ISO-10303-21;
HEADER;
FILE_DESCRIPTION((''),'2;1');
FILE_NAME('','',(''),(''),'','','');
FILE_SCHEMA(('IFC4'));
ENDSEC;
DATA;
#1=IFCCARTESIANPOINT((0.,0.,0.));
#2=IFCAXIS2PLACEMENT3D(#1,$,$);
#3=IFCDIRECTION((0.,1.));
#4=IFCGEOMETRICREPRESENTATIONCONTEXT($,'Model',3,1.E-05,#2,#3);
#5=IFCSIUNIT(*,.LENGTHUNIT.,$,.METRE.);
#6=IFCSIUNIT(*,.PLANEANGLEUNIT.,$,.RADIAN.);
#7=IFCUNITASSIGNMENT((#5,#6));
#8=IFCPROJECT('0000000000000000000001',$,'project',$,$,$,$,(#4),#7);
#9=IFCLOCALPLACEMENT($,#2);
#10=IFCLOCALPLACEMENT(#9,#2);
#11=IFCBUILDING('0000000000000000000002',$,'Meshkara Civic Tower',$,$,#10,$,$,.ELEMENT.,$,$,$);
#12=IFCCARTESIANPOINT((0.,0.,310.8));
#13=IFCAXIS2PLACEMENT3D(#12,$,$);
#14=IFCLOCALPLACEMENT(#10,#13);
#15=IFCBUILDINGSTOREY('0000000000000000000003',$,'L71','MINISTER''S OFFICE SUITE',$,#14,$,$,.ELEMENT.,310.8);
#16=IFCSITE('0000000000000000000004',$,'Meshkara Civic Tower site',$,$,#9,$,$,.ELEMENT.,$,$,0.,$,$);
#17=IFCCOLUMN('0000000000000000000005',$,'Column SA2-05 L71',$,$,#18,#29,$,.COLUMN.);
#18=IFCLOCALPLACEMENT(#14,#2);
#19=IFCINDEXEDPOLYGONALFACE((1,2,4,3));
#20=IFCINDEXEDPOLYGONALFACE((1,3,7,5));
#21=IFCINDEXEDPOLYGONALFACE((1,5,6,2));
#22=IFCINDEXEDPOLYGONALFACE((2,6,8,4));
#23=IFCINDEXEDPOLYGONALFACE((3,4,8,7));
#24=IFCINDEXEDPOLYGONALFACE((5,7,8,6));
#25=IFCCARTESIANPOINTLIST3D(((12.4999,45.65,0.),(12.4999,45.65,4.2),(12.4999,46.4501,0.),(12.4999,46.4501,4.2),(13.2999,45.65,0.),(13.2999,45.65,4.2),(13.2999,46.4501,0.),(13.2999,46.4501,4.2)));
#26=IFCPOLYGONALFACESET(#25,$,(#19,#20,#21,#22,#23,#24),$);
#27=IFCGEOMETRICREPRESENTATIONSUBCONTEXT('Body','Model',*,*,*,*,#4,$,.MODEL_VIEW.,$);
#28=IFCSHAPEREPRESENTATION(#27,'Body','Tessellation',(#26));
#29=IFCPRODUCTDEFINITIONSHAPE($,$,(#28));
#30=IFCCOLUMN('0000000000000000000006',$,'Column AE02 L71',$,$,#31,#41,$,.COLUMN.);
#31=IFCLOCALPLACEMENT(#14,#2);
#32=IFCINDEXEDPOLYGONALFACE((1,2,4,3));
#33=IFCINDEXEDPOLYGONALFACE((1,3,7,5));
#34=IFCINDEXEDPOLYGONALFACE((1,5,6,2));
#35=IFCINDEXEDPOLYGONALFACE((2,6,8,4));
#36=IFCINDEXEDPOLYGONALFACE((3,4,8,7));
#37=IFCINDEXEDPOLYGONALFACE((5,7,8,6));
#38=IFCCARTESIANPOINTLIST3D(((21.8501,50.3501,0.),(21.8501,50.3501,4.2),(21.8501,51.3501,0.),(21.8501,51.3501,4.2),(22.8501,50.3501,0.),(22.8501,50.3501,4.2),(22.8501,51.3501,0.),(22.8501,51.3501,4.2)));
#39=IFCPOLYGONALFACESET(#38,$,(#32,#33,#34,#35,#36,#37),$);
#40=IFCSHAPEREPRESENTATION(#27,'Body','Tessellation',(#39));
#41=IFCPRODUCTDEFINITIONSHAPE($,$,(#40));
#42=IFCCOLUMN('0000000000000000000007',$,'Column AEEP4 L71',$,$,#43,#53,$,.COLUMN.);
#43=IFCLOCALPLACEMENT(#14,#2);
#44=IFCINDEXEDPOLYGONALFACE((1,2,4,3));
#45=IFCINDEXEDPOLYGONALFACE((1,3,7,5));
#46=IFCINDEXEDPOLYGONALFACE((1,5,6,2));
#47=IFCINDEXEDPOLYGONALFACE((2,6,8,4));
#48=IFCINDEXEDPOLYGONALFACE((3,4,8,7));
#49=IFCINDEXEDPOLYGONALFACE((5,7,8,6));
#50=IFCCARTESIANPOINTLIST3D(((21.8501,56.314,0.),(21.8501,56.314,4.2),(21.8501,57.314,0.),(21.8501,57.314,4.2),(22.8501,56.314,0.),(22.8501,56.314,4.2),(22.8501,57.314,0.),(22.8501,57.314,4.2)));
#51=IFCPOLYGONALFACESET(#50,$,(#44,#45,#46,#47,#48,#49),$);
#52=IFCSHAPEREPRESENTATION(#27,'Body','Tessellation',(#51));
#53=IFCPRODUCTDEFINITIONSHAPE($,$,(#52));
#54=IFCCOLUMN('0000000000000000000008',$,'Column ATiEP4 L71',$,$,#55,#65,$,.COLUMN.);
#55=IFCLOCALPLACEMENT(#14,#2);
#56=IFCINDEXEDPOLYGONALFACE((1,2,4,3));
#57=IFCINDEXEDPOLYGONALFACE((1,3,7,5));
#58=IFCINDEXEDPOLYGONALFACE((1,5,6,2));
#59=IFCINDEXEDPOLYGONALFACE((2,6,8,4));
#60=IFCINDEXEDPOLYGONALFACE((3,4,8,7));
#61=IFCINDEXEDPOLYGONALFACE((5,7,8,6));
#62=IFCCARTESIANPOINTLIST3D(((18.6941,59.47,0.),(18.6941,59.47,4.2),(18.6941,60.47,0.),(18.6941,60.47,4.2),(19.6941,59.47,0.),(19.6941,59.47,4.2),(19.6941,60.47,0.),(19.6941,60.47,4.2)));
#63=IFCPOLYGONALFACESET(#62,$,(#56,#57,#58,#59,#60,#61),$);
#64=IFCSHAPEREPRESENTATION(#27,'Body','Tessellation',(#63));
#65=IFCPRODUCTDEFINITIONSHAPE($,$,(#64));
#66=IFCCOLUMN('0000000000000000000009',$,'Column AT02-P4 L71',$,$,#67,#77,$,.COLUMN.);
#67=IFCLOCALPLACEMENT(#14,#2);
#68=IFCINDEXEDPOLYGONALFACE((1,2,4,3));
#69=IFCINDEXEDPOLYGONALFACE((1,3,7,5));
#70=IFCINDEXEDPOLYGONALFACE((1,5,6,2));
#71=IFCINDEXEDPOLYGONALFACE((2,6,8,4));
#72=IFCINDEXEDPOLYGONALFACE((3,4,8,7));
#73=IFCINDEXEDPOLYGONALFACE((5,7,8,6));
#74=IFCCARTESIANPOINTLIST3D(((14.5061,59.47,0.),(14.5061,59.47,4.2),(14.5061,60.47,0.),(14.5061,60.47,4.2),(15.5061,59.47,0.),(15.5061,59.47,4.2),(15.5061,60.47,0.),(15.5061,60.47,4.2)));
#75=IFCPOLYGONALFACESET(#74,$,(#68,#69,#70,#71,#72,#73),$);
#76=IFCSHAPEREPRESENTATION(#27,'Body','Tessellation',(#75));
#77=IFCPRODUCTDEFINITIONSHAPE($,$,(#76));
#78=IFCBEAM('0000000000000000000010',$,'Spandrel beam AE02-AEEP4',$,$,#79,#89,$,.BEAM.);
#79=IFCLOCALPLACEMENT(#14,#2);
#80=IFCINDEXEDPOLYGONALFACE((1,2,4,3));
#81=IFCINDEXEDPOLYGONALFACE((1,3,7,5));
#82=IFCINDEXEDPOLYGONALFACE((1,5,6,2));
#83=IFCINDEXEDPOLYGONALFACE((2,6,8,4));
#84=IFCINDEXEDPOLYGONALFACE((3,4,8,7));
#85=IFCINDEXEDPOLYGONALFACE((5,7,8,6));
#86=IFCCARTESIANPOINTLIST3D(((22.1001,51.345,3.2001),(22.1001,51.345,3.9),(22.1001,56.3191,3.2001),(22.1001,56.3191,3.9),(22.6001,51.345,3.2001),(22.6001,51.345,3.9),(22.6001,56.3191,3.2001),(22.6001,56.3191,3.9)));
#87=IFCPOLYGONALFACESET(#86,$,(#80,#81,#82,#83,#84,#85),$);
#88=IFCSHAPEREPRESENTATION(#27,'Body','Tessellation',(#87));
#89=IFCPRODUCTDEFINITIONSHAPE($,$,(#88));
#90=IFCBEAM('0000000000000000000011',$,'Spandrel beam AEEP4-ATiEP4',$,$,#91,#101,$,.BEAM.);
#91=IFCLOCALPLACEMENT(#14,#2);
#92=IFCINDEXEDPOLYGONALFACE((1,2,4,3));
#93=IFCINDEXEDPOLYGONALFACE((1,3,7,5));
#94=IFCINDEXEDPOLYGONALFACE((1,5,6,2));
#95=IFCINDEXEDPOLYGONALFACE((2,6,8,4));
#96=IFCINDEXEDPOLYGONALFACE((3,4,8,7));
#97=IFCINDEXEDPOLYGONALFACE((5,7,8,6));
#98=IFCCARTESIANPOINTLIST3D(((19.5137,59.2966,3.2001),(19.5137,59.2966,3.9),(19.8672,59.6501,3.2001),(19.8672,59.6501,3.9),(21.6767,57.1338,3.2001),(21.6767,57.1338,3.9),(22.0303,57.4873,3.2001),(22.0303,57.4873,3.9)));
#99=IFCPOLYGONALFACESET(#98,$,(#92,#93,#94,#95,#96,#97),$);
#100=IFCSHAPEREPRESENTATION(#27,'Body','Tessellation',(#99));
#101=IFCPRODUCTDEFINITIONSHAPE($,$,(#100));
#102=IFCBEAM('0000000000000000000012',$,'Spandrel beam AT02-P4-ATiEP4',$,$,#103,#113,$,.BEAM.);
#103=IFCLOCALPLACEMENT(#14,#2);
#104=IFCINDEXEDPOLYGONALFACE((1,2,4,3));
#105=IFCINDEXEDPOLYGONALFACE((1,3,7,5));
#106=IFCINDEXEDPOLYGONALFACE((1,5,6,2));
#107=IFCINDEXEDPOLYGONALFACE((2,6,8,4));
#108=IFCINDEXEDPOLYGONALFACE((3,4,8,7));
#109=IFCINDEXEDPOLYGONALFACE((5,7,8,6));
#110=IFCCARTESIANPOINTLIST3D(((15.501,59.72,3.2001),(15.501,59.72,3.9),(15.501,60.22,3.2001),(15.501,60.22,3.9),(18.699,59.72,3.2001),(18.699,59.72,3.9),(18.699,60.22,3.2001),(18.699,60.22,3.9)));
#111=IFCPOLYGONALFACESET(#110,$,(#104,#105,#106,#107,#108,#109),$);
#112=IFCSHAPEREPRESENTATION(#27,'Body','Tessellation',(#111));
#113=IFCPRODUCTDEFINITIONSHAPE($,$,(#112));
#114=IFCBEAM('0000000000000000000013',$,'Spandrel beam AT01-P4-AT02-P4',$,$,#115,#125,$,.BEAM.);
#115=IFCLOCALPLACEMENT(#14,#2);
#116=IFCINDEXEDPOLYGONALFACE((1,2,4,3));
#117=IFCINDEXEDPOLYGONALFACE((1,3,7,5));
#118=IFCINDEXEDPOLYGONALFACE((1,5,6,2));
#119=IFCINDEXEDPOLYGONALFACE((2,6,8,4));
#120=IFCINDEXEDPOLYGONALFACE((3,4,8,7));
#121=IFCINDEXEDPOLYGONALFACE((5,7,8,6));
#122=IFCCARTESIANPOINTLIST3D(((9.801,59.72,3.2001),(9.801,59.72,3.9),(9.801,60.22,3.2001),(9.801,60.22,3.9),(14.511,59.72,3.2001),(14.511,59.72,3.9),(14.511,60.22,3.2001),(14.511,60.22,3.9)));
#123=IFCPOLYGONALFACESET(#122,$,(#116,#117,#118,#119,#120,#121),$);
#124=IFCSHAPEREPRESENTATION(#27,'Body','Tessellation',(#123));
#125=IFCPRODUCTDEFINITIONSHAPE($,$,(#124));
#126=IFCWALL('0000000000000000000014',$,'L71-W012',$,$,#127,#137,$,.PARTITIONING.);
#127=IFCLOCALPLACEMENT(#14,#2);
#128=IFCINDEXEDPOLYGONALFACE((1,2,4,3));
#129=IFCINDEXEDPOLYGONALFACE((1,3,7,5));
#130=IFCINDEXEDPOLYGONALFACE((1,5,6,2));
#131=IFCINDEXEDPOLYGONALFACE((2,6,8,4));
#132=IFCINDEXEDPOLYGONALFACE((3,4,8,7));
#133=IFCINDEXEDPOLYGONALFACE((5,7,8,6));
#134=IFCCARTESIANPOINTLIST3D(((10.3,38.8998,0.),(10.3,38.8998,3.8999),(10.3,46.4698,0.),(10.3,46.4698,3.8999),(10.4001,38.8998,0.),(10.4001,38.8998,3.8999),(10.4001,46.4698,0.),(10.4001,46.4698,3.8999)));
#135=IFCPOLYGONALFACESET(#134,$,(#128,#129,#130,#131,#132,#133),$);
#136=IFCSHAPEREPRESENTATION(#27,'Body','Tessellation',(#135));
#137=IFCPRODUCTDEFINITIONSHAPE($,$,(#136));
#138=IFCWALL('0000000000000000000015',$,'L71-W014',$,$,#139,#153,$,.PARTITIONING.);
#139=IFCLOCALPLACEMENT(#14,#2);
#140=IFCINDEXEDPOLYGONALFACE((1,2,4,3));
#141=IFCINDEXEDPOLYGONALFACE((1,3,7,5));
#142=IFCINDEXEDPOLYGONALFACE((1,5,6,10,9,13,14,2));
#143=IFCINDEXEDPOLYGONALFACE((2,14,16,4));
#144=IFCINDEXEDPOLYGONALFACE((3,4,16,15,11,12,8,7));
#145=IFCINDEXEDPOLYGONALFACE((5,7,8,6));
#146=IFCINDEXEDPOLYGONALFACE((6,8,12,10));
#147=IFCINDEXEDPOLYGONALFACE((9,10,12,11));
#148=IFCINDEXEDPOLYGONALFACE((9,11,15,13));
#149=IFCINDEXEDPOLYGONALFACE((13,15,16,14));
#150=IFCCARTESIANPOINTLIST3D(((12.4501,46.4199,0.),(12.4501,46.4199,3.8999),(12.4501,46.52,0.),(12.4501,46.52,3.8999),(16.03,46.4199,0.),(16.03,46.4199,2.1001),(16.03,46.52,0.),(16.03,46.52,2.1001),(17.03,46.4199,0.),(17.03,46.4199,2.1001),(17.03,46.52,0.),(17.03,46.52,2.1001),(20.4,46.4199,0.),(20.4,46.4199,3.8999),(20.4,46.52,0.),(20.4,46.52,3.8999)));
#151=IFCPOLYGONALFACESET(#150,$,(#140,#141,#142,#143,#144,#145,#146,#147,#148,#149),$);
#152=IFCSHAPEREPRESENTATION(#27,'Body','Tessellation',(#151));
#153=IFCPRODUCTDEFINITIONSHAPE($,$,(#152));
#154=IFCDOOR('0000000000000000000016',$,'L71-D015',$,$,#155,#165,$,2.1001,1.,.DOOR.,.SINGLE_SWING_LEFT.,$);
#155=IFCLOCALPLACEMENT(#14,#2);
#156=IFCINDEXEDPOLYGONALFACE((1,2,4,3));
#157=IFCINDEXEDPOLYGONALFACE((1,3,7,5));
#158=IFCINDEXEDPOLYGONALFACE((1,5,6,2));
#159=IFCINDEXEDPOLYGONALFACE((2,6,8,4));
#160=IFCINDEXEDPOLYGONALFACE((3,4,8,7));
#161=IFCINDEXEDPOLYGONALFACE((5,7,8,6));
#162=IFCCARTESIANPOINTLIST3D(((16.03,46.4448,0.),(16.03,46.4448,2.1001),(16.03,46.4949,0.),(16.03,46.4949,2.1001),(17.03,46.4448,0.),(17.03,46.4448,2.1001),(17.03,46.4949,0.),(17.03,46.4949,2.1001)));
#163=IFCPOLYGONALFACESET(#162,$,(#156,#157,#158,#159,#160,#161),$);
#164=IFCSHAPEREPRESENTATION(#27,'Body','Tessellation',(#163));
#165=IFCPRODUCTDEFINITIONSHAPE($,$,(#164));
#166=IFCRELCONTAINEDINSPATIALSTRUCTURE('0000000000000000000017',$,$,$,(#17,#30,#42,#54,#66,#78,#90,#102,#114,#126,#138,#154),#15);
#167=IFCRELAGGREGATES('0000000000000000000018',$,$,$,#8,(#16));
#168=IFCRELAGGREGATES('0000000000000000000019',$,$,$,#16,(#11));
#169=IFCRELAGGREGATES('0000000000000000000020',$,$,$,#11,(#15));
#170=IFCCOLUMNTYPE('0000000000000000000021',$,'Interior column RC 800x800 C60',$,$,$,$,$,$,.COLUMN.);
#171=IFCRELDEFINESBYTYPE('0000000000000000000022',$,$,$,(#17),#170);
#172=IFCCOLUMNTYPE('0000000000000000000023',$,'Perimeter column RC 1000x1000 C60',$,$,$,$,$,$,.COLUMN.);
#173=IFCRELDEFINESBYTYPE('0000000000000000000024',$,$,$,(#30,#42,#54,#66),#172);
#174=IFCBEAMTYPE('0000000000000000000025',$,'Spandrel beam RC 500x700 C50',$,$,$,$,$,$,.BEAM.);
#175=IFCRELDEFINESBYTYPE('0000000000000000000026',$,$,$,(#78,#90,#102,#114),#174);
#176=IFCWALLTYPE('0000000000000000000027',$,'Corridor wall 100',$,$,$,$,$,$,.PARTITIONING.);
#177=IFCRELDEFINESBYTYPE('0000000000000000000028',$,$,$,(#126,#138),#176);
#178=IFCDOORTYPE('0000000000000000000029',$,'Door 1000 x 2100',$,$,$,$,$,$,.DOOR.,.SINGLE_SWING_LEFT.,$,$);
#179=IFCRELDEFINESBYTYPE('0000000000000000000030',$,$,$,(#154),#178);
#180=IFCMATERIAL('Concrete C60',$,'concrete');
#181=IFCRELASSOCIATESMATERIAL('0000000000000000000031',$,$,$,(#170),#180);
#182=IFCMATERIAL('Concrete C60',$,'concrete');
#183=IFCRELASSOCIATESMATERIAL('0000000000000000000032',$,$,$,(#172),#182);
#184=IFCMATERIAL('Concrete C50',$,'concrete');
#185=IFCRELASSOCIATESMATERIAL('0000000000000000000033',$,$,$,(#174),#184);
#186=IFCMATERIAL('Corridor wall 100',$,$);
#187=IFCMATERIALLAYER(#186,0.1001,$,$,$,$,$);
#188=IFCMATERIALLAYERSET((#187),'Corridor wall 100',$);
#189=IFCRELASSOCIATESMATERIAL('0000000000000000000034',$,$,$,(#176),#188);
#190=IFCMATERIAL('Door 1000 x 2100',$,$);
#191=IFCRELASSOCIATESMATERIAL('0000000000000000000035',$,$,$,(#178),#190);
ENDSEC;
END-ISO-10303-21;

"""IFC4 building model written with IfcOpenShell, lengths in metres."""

from ifc_helpers import new_model, si_unit, direction, frame, frame_2d, origin, origin_2d, place, context, subcontext, project, spatial, rectangle, extrude, material, layer, layer_set, material_profile, profile_set, type_object, element, fill, save


model = new_model("IFC4")

# Units and contexts
model_context = context("Model", 3, precision=1e-05, world=origin(), true_north=direction((0.0, 1.0)))
body_context = subcontext(model_context, "Body", "Model", "MODEL_VIEW")
ifc_project = project(units=[si_unit("LENGTHUNIT", "METRE"), si_unit("PLANEANGLEUNIT", "RADIAN")], contexts=[model_context])

# Site, building, storey
site_placement = place(None, origin())
site = spatial("IfcSite", under=ifc_project, at=site_placement, Name="Meshkara Civic Tower site", CompositionType="ELEMENT", RefElevation=0.0)
building_placement = place(site_placement, origin())
building = spatial("IfcBuilding", under=site, at=building_placement, Name="Meshkara Civic Tower", CompositionType="ELEMENT")
storey_placement = place(building_placement, frame((0.0, 0.0, 310.8)))
storey = spatial("IfcBuildingStorey", under=building, at=storey_placement, Name="L71", Description="MINISTER'S OFFICE SUITE", CompositionType="ELEMENT", Elevation=310.8)

# Columns
ifc_material_1 = material(Name="Concrete C60", Category="concrete")
ifc_material_profile_1 = material_profile(ifc_material_1, rectangle(XDim=0.8, YDim=0.8, at=origin_2d()))
ifc_profile_set_1 = profile_set([ifc_material_profile_1], Name="Concrete C60")
column_type_1 = type_object("IfcColumnType", Name="Interior column RC 800x800 C60", PredefinedType="COLUMN", material=ifc_profile_set_1)
column_placement = place(storey_placement, frame((12.8999, 46.05, 0.0), z_axis=(0.0, 0.0, 1.0), x_axis=(1.0, 0.0, 0.0)))
element("IfcColumn", 1, at=column_placement, inside=storey, type_object=column_type_1, Name="Column SA2-05 L71", PredefinedType="COLUMN", context=body_context, shape_type="SweptSolid", body=[
    extrude(rectangle(XDim=0.8, YDim=0.8, at=origin_2d()), origin(), (0.0, 0.0, 1.0), 4.2),
])
ifc_material_2 = material(Name="Concrete C60", Category="concrete")
ifc_material_profile_2 = material_profile(ifc_material_2, rectangle(XDim=1.0, YDim=1.0, at=origin_2d()))
ifc_profile_set_2 = profile_set([ifc_material_profile_2], Name="Concrete C60")
column_type_2 = type_object("IfcColumnType", Name="Perimeter column RC 1000x1000 C60", PredefinedType="COLUMN", material=ifc_profile_set_2)
for number, where, z_axis, x_axis, name in (
    (2, (22.3501, 50.8501, 0.0), (0.0, 0.0, 1.0), (1.0, 0.0, 0.0), "Column AE02 L71"),
    (3, (22.3501, 56.814, 0.0), (0.0, 0.0, 1.0), (1.0, 0.0, 0.0), "Column AEEP4 L71"),
    (4, (19.1941, 59.97, 0.0), (0.0, 0.0, 1.0), (1.0, 0.0, 0.0), "Column ATiEP4 L71"),
    (5, (15.0061, 59.97, 0.0), (0.0, 0.0, 1.0), (1.0, 0.0, 0.0), "Column AT02-P4 L71"),
):
    element("IfcColumn", number, at=place(storey_placement, frame(where, z_axis=z_axis, x_axis=x_axis)), inside=storey, type_object=column_type_2, Name=name, PredefinedType="COLUMN", context=body_context, shape_type="SweptSolid", body=[
        extrude(rectangle(XDim=1.0, YDim=1.0, at=origin_2d()), origin(), (0.0, 0.0, 1.0), 4.2),
    ])

# Beams
ifc_material_3 = material(Name="Concrete C50", Category="concrete")
ifc_material_profile_3 = material_profile(ifc_material_3, rectangle(XDim=0.5, YDim=0.7, at=origin_2d()))
ifc_profile_set_3 = profile_set([ifc_material_profile_3], Name="Concrete C50")
beam_type = type_object("IfcBeamType", Name="Spandrel beam RC 500x700 C50", PredefinedType="BEAM", material=ifc_profile_set_3)
beam_1_placement = place(storey_placement, frame((22.3501, 51.345, 3.55), z_axis=(0.0, 1.0, 0.0), x_axis=(-1.0, 0.0, 0.0)))
element("IfcBeam", 6, at=beam_1_placement, inside=storey, type_object=beam_type, Name="Spandrel beam AE02-AEEP4", PredefinedType="BEAM", context=body_context, shape_type="SweptSolid", body=[
    extrude(rectangle(XDim=0.5, YDim=0.7, at=origin_2d()), origin(), (0.0, 0.0, 1.0), 4.9741),
])
beam_2_placement = place(storey_placement, frame((21.8535, 57.3105, 3.55), z_axis=(-0.707147, 0.707067, 0.0), x_axis=(-0.707067, -0.707147, 0.0)))
element("IfcBeam", 7, at=beam_2_placement, inside=storey, type_object=beam_type, Name="Spandrel beam AEEP4-ATiEP4", PredefinedType="BEAM", context=body_context, shape_type="SweptSolid", body=[
    extrude(rectangle(XDim=0.5, YDim=0.7, at=origin_2d()), origin(), (0.0, 0.0, 1.0), 3.0588),
])
beam_3_placement = place(storey_placement, frame((18.699, 59.97, 3.55), z_axis=(-1.0, 0.0, 0.0), x_axis=(0.0, -1.0, 0.0)))
element("IfcBeam", 8, at=beam_3_placement, inside=storey, type_object=beam_type, Name="Spandrel beam AT02-P4-ATiEP4", PredefinedType="BEAM", context=body_context, shape_type="SweptSolid", body=[
    extrude(rectangle(XDim=0.5, YDim=0.7, at=origin_2d()), origin(), (0.0, 0.0, 1.0), 3.198),
])
beam_4_placement = place(storey_placement, frame((14.511, 59.97, 3.55), z_axis=(-1.0, 0.0, 0.0), x_axis=(0.0, -1.0, 0.0)))
element("IfcBeam", 9, at=beam_4_placement, inside=storey, type_object=beam_type, Name="Spandrel beam AT01-P4-AT02-P4", PredefinedType="BEAM", context=body_context, shape_type="SweptSolid", body=[
    extrude(rectangle(XDim=0.5, YDim=0.7, at=origin_2d()), origin(), (0.0, 0.0, 1.0), 4.71),
])

# Wall
ifc_material_4 = material(Name="Corridor wall 100")
ifc_layer_1 = layer(ifc_material_4, 0.1001)
ifc_layer_set_1 = layer_set([ifc_layer_1], Name="Corridor wall 100")
wall_type_1 = type_object("IfcWallType", Name="Corridor wall 100", PredefinedType="PARTITIONING", material=ifc_layer_set_1)
wall_1_placement = place(storey_placement, frame((10.3501, 46.47, 0.0), z_axis=(0.0, 0.0, 1.0), x_axis=(0.0, -1.0, 0.0)))
element("IfcWall", 10, at=wall_1_placement, inside=storey, type_object=wall_type_1, Name="L71-W012", PredefinedType="PARTITIONING", context=body_context, shape_type="SweptSolid", body=[
    extrude(rectangle(XDim=7.5701, YDim=0.1001, at=frame_2d((3.7852, 0.0))), origin(), (0.0, 0.0, 1.0), 3.8999),
])

# Wall, opening, door
wall_2_placement = place(storey_placement, frame((12.45, 46.47, 0.0), z_axis=(0.0, 0.0, 1.0), x_axis=(1.0, 0.0, 0.0)))
wall_2 = element("IfcWall", 11, at=wall_2_placement, inside=storey, type_object=wall_type_1, Name="L71-W014", PredefinedType="PARTITIONING", context=body_context, shape_type="SweptSolid", body=[
    extrude(rectangle(XDim=7.95, YDim=0.1001, at=frame_2d((3.9751, 0.0))), origin(), (0.0, 0.0, 1.0), 3.8999),
])
opening_1_placement = place(wall_2_placement, frame((3.5801, 0.0, 0.0)))
opening_1 = element("IfcOpeningElement", 12, at=opening_1_placement, cuts=wall_2, PredefinedType="OPENING", context=body_context, shape_type="SweptSolid", body=[
    extrude(rectangle(XDim=1.0, YDim=2.1001, at=frame_2d((0.5, 1.05))), frame((0.0, 0.0601, 0.0), z_axis=(0.0, -1.0, 0.0), x_axis=(1.0, 0.0, 0.0)), (0.0, 0.0, 1.0), 0.1201),
])
ifc_material_5 = material(Name="Door 1000 x 2100")
door_type = type_object("IfcDoorType", Name="Door 1000 x 2100", OperationType="SINGLE_SWING_LEFT", PredefinedType="DOOR", material=ifc_material_5)
door_1_placement = place(opening_1_placement, origin())
door_1 = element("IfcDoor", 13, at=door_1_placement, inside=storey, type_object=door_type, Name="L71-D015", OperationType="SINGLE_SWING_LEFT", OverallHeight=2.1001, OverallWidth=1.0, PredefinedType="DOOR", context=body_context, shape_type="SweptSolid", body=[
    extrude(rectangle(XDim=1.0, YDim=2.1001, at=frame_2d((0.5, 1.05))), frame((0.0, 0.0249, 0.0), z_axis=(0.0, -1.0, 0.0), x_axis=(1.0, 0.0, 0.0)), (0.0, 0.0, 1.0), 0.05),
])
fill(opening_1, door_1)

save(model, "model.ifc")
